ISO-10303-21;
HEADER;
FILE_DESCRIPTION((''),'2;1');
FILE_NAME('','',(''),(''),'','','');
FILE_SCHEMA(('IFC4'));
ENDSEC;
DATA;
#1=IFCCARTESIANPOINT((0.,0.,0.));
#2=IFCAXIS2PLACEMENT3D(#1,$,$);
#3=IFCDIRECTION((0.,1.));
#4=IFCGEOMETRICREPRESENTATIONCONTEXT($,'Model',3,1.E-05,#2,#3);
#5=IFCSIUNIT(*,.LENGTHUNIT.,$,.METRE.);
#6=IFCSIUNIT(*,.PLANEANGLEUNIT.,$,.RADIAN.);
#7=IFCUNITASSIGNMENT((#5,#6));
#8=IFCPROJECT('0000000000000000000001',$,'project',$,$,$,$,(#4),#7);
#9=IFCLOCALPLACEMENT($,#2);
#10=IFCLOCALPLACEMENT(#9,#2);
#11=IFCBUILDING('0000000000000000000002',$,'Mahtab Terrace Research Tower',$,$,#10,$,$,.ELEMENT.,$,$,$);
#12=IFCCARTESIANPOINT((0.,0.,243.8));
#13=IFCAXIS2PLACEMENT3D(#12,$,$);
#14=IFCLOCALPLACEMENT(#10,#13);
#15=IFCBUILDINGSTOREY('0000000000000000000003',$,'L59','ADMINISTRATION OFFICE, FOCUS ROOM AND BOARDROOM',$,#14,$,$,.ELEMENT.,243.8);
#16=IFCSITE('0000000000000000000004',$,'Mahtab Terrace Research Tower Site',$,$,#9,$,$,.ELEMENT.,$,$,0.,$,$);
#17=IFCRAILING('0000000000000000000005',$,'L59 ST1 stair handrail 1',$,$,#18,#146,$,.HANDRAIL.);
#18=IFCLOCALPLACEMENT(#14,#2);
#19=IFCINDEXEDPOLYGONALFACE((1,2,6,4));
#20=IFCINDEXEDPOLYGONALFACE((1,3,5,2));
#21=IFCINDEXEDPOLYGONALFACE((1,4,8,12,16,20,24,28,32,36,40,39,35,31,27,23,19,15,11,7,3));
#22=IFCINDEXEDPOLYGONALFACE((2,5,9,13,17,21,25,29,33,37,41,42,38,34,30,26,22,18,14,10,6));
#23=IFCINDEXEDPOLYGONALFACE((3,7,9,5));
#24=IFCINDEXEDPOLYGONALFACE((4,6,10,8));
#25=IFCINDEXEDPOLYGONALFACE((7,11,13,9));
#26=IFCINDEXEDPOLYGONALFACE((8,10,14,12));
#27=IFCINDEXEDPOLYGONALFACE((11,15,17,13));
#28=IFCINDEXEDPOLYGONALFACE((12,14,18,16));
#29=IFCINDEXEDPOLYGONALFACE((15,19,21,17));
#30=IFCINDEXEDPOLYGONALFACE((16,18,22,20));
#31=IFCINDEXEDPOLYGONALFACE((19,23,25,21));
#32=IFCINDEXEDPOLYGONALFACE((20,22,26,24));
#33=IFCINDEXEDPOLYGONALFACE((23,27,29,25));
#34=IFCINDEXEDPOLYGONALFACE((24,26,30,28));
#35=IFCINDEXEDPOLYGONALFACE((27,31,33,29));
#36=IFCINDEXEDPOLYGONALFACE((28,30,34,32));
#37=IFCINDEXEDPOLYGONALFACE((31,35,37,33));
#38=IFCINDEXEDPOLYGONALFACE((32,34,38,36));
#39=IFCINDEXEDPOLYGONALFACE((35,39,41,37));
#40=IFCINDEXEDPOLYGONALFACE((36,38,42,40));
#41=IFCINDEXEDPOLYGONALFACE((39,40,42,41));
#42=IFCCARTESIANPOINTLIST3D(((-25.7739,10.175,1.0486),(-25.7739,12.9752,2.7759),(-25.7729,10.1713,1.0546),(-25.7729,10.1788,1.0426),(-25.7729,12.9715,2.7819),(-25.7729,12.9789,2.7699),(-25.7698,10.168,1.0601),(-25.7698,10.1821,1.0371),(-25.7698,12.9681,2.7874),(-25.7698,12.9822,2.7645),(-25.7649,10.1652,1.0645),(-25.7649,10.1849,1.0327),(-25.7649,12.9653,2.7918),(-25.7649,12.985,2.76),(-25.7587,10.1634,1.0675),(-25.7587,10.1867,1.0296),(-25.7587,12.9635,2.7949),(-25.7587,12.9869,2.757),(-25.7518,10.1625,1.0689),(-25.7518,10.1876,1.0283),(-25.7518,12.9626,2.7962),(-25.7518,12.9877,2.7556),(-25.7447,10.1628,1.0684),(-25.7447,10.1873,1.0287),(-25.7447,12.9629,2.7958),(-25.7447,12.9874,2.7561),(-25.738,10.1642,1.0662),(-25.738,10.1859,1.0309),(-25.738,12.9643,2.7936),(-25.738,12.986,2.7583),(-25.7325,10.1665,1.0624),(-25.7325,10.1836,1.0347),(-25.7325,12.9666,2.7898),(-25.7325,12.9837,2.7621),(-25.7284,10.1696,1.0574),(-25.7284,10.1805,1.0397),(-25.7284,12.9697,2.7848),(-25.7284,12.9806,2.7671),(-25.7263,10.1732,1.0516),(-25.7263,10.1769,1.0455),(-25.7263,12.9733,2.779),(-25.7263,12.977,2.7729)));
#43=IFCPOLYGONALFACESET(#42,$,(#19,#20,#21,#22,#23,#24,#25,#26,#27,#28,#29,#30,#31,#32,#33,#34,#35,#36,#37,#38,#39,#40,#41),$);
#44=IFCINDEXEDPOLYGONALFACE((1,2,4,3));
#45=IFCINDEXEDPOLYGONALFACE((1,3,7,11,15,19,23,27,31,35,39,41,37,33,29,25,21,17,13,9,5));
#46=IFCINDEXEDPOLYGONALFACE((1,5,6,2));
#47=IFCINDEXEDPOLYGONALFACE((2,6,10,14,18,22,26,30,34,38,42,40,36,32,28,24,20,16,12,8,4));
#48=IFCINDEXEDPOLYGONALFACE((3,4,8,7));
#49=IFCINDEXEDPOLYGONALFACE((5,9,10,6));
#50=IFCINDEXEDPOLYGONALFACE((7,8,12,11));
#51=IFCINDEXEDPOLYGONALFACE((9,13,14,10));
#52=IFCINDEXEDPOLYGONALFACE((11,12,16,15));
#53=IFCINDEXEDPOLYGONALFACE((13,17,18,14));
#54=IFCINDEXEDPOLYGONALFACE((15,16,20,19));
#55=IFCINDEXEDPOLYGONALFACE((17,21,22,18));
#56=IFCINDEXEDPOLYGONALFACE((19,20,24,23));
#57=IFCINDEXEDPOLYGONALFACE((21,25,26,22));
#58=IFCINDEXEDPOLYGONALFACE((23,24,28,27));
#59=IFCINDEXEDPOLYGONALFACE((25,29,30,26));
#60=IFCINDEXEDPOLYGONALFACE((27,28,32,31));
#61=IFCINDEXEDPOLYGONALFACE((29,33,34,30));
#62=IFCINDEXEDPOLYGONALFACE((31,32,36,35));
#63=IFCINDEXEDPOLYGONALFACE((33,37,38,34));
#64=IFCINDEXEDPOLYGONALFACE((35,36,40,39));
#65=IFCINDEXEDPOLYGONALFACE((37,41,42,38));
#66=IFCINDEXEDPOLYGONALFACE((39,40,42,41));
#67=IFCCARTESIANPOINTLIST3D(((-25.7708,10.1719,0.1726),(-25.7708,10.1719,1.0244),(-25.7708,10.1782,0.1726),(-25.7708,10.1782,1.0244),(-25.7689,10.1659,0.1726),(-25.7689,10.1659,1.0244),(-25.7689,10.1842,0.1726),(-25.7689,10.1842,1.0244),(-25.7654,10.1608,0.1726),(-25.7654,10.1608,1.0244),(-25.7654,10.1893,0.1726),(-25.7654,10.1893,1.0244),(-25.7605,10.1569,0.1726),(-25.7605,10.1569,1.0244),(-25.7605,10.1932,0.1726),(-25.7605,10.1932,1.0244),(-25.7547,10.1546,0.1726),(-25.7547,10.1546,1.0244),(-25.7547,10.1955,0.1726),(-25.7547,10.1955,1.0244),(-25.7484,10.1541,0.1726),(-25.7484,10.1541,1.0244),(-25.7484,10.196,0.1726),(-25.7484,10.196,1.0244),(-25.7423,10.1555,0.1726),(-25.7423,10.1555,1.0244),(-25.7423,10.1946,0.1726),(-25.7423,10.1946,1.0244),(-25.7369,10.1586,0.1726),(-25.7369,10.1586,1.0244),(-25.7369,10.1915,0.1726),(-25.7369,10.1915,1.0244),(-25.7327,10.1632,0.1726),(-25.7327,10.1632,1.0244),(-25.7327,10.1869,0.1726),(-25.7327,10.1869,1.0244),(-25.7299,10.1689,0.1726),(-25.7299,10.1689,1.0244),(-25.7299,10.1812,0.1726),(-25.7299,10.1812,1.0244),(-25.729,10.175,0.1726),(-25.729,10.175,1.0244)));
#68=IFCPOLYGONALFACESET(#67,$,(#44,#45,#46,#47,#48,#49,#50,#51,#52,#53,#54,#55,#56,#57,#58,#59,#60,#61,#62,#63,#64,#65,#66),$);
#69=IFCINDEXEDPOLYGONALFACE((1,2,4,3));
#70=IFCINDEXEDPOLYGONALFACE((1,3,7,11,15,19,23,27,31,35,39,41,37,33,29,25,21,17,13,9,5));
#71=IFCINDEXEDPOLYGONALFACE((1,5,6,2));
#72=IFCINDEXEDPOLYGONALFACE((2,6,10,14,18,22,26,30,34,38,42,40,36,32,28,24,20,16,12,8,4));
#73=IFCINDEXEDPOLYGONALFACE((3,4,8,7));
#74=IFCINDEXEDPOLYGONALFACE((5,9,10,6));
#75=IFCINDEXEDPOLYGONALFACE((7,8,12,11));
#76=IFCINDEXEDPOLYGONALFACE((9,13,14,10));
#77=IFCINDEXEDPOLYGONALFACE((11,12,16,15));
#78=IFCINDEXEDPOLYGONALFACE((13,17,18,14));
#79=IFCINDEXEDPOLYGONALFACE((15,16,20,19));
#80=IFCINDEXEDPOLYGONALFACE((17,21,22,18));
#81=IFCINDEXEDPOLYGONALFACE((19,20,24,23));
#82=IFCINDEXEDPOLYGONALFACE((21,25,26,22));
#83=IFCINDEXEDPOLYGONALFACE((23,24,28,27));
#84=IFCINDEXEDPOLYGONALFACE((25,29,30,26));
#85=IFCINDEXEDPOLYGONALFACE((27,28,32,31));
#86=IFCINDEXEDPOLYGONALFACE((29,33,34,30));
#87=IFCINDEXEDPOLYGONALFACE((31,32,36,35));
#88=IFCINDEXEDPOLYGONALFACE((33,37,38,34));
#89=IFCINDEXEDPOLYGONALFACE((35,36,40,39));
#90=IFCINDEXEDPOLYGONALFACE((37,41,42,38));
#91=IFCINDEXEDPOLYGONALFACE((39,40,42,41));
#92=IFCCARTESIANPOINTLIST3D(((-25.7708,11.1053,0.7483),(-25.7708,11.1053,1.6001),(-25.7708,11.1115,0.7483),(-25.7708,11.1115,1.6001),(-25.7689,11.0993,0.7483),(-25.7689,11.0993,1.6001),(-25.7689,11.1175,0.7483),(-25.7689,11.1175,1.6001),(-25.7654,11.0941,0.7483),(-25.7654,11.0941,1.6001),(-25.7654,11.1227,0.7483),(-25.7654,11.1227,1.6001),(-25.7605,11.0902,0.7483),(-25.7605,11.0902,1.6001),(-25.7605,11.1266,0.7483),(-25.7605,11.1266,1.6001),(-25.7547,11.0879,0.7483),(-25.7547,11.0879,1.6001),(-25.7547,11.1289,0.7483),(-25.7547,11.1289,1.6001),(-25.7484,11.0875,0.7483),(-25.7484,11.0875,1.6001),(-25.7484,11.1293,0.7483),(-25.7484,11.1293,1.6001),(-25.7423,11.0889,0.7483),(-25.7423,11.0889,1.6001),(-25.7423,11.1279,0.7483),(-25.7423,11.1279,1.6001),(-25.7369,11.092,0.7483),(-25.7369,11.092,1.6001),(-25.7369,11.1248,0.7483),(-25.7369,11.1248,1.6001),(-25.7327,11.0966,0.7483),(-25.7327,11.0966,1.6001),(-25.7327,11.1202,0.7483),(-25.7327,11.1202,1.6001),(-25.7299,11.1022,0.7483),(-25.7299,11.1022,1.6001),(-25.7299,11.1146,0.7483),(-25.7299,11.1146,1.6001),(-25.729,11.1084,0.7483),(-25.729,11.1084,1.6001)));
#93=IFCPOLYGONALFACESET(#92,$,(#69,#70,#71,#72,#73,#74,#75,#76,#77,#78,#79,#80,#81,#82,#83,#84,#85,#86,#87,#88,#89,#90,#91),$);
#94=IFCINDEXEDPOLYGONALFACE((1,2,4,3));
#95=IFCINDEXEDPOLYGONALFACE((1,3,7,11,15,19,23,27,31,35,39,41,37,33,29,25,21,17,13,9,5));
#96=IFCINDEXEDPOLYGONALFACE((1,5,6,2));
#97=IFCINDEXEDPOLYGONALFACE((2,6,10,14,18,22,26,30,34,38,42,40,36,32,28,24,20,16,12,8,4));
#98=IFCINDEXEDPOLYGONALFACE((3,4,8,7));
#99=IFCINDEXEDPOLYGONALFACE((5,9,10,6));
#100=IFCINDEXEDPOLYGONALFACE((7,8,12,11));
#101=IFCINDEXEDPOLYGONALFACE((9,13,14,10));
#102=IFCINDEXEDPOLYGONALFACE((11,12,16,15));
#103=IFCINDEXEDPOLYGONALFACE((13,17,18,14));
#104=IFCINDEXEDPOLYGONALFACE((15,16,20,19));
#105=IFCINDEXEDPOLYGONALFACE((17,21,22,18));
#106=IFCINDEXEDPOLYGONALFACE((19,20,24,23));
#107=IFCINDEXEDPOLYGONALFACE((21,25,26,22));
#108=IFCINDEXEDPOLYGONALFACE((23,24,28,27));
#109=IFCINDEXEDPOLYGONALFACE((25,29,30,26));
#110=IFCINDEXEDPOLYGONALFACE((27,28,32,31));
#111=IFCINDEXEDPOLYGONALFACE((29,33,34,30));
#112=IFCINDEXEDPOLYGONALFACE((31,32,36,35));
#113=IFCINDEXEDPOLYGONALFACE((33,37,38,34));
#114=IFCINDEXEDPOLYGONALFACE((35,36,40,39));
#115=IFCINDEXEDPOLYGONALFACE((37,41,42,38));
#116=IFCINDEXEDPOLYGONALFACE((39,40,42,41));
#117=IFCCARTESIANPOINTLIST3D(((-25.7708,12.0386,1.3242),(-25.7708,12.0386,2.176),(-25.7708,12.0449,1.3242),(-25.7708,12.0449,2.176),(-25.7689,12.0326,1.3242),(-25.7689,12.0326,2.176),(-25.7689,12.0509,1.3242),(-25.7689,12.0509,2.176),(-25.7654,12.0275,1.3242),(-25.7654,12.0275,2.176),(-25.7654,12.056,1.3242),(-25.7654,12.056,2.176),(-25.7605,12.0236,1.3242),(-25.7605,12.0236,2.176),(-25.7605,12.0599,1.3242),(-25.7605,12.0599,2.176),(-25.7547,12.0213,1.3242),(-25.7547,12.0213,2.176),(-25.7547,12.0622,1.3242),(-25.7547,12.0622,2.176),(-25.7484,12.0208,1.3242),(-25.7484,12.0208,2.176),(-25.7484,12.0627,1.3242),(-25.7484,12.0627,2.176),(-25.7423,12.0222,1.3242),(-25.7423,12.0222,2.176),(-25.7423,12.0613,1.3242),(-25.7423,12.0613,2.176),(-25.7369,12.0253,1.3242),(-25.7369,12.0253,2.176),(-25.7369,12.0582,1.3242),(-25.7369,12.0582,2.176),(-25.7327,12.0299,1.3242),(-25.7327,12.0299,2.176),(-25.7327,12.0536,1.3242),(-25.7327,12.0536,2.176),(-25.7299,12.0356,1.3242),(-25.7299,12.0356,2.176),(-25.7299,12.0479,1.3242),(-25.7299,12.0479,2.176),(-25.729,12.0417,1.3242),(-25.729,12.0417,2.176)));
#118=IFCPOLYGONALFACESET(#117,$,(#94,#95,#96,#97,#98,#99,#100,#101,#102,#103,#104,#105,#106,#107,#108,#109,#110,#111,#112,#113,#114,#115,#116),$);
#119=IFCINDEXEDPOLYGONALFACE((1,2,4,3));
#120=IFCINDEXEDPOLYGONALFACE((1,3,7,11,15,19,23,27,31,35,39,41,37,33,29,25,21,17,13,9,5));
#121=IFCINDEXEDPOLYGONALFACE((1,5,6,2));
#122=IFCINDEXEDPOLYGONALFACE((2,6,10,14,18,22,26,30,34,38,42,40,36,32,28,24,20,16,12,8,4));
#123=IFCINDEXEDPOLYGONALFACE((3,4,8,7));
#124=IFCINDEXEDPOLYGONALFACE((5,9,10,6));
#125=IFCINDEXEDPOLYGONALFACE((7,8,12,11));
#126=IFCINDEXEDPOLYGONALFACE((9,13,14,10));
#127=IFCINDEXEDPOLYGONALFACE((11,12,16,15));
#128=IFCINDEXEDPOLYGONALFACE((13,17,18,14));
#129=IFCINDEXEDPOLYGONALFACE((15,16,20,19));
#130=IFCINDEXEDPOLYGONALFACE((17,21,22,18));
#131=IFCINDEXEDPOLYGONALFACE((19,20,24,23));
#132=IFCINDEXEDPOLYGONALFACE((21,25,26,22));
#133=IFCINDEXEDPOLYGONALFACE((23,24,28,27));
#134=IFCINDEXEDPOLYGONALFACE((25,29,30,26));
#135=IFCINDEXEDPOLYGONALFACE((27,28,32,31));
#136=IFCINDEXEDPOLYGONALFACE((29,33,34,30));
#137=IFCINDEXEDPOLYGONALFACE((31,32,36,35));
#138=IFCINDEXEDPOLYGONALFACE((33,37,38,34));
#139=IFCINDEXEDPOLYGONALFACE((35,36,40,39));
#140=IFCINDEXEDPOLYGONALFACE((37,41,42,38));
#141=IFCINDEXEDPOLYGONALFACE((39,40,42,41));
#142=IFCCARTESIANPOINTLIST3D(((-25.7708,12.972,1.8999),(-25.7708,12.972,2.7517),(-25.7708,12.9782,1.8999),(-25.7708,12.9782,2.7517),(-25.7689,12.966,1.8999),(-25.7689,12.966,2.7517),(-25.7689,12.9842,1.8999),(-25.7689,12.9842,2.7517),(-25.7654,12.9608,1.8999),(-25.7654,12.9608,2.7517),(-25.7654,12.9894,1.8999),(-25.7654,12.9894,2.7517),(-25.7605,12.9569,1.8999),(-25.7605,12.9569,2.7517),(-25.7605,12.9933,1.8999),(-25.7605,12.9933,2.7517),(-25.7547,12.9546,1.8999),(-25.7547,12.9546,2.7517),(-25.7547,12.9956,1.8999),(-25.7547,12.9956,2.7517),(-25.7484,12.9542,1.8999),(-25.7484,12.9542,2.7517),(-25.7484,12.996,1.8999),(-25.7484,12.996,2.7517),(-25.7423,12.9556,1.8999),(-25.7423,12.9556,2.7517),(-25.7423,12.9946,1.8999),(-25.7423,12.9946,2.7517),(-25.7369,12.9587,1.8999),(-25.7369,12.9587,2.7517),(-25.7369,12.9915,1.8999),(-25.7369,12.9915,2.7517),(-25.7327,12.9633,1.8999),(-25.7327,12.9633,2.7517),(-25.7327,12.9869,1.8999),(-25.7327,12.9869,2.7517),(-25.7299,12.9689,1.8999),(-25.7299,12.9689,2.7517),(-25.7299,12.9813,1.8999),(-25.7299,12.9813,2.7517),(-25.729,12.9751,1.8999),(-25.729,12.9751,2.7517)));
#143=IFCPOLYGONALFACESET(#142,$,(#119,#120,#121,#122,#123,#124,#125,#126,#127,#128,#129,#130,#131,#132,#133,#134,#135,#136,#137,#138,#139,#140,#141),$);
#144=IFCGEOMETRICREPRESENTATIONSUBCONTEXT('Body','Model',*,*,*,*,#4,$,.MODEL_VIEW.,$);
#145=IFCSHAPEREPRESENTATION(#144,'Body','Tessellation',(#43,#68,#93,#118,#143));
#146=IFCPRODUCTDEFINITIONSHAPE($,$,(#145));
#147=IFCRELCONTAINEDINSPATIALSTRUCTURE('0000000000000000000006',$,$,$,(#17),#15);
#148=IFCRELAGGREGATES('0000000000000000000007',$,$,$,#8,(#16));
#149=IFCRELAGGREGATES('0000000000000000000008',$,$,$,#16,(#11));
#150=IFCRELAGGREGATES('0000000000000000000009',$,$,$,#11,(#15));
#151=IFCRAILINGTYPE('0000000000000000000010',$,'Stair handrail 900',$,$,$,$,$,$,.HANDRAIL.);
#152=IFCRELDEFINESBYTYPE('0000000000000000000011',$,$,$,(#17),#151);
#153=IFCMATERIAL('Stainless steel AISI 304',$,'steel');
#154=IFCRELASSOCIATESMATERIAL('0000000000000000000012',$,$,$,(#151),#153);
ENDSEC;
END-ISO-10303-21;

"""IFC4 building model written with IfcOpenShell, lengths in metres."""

from ifc_helpers import new_model, si_unit, direction, frame, origin, origin_2d, place, context, subcontext, project, spatial, circle, extrude, material, type_object, element, save


model = new_model("IFC4")

# Units and contexts
model_context = context("Model", 3, precision=1e-05, world=origin(), true_north=direction((0.0, 1.0)))
body_context = subcontext(model_context, "Body", "Model", "MODEL_VIEW")
ifc_project = project(units=[si_unit("LENGTHUNIT", "METRE"), si_unit("PLANEANGLEUNIT", "RADIAN")], contexts=[model_context])

# Site, building, storey
site_placement = place(None, origin())
site = spatial("IfcSite", under=ifc_project, at=site_placement, Name="Mahtab Terrace Research Tower Site", CompositionType="ELEMENT", RefElevation=0.0)
building_placement = place(site_placement, origin())
building = spatial("IfcBuilding", under=site, at=building_placement, Name="Mahtab Terrace Research Tower", CompositionType="ELEMENT")
storey_placement = place(building_placement, frame((0.0, 0.0, 243.8)))
storey = spatial("IfcBuildingStorey", under=building, at=storey_placement, Name="L59", Description="ADMINISTRATION OFFICE, FOCUS ROOM AND BOARDROOM", CompositionType="ELEMENT", Elevation=243.8)

# Railing
ifc_material_1 = material(Name="Stainless steel AISI 304", Category="steel")
railing_type_1 = type_object("IfcRailingType", Name="Stair handrail 900", PredefinedType="HANDRAIL", material=ifc_material_1)
railing_1_placement = place(storey_placement, frame((-25.75, 10.175, 0.1726)))
element("IfcRailing", 1, at=railing_1_placement, inside=storey, type_object=railing_type_1, Name="L59 ST1 stair handrail 1", PredefinedType="HANDRAIL", context=body_context, shape_type="SweptSolid", body=[
    extrude(circle(Radius=0.0239, at=origin_2d()), frame((0.0, 0.0, 0.876), z_axis=(0.0, 0.85109, 0.52502), x_axis=(-1.0, 0.0, 0.0)), (0.0, 0.0, 1.0), 3.29),
    extrude(circle(Radius=0.021, at=origin_2d()), origin(), (0.0, 0.0, 1.0), 0.8518),
    extrude(circle(Radius=0.021, at=origin_2d()), frame((0.0, 0.9333, 0.5757)), (0.0, 0.0, 1.0), 0.8518),
    extrude(circle(Radius=0.021, at=origin_2d()), frame((0.0, 1.8667, 1.1516)), (0.0, 0.0, 1.0), 0.8518),
    extrude(circle(Radius=0.021, at=origin_2d()), frame((0.0, 2.8, 1.7273)), (0.0, 0.0, 1.0), 0.8518),
])

save(model, "model.ifc")
